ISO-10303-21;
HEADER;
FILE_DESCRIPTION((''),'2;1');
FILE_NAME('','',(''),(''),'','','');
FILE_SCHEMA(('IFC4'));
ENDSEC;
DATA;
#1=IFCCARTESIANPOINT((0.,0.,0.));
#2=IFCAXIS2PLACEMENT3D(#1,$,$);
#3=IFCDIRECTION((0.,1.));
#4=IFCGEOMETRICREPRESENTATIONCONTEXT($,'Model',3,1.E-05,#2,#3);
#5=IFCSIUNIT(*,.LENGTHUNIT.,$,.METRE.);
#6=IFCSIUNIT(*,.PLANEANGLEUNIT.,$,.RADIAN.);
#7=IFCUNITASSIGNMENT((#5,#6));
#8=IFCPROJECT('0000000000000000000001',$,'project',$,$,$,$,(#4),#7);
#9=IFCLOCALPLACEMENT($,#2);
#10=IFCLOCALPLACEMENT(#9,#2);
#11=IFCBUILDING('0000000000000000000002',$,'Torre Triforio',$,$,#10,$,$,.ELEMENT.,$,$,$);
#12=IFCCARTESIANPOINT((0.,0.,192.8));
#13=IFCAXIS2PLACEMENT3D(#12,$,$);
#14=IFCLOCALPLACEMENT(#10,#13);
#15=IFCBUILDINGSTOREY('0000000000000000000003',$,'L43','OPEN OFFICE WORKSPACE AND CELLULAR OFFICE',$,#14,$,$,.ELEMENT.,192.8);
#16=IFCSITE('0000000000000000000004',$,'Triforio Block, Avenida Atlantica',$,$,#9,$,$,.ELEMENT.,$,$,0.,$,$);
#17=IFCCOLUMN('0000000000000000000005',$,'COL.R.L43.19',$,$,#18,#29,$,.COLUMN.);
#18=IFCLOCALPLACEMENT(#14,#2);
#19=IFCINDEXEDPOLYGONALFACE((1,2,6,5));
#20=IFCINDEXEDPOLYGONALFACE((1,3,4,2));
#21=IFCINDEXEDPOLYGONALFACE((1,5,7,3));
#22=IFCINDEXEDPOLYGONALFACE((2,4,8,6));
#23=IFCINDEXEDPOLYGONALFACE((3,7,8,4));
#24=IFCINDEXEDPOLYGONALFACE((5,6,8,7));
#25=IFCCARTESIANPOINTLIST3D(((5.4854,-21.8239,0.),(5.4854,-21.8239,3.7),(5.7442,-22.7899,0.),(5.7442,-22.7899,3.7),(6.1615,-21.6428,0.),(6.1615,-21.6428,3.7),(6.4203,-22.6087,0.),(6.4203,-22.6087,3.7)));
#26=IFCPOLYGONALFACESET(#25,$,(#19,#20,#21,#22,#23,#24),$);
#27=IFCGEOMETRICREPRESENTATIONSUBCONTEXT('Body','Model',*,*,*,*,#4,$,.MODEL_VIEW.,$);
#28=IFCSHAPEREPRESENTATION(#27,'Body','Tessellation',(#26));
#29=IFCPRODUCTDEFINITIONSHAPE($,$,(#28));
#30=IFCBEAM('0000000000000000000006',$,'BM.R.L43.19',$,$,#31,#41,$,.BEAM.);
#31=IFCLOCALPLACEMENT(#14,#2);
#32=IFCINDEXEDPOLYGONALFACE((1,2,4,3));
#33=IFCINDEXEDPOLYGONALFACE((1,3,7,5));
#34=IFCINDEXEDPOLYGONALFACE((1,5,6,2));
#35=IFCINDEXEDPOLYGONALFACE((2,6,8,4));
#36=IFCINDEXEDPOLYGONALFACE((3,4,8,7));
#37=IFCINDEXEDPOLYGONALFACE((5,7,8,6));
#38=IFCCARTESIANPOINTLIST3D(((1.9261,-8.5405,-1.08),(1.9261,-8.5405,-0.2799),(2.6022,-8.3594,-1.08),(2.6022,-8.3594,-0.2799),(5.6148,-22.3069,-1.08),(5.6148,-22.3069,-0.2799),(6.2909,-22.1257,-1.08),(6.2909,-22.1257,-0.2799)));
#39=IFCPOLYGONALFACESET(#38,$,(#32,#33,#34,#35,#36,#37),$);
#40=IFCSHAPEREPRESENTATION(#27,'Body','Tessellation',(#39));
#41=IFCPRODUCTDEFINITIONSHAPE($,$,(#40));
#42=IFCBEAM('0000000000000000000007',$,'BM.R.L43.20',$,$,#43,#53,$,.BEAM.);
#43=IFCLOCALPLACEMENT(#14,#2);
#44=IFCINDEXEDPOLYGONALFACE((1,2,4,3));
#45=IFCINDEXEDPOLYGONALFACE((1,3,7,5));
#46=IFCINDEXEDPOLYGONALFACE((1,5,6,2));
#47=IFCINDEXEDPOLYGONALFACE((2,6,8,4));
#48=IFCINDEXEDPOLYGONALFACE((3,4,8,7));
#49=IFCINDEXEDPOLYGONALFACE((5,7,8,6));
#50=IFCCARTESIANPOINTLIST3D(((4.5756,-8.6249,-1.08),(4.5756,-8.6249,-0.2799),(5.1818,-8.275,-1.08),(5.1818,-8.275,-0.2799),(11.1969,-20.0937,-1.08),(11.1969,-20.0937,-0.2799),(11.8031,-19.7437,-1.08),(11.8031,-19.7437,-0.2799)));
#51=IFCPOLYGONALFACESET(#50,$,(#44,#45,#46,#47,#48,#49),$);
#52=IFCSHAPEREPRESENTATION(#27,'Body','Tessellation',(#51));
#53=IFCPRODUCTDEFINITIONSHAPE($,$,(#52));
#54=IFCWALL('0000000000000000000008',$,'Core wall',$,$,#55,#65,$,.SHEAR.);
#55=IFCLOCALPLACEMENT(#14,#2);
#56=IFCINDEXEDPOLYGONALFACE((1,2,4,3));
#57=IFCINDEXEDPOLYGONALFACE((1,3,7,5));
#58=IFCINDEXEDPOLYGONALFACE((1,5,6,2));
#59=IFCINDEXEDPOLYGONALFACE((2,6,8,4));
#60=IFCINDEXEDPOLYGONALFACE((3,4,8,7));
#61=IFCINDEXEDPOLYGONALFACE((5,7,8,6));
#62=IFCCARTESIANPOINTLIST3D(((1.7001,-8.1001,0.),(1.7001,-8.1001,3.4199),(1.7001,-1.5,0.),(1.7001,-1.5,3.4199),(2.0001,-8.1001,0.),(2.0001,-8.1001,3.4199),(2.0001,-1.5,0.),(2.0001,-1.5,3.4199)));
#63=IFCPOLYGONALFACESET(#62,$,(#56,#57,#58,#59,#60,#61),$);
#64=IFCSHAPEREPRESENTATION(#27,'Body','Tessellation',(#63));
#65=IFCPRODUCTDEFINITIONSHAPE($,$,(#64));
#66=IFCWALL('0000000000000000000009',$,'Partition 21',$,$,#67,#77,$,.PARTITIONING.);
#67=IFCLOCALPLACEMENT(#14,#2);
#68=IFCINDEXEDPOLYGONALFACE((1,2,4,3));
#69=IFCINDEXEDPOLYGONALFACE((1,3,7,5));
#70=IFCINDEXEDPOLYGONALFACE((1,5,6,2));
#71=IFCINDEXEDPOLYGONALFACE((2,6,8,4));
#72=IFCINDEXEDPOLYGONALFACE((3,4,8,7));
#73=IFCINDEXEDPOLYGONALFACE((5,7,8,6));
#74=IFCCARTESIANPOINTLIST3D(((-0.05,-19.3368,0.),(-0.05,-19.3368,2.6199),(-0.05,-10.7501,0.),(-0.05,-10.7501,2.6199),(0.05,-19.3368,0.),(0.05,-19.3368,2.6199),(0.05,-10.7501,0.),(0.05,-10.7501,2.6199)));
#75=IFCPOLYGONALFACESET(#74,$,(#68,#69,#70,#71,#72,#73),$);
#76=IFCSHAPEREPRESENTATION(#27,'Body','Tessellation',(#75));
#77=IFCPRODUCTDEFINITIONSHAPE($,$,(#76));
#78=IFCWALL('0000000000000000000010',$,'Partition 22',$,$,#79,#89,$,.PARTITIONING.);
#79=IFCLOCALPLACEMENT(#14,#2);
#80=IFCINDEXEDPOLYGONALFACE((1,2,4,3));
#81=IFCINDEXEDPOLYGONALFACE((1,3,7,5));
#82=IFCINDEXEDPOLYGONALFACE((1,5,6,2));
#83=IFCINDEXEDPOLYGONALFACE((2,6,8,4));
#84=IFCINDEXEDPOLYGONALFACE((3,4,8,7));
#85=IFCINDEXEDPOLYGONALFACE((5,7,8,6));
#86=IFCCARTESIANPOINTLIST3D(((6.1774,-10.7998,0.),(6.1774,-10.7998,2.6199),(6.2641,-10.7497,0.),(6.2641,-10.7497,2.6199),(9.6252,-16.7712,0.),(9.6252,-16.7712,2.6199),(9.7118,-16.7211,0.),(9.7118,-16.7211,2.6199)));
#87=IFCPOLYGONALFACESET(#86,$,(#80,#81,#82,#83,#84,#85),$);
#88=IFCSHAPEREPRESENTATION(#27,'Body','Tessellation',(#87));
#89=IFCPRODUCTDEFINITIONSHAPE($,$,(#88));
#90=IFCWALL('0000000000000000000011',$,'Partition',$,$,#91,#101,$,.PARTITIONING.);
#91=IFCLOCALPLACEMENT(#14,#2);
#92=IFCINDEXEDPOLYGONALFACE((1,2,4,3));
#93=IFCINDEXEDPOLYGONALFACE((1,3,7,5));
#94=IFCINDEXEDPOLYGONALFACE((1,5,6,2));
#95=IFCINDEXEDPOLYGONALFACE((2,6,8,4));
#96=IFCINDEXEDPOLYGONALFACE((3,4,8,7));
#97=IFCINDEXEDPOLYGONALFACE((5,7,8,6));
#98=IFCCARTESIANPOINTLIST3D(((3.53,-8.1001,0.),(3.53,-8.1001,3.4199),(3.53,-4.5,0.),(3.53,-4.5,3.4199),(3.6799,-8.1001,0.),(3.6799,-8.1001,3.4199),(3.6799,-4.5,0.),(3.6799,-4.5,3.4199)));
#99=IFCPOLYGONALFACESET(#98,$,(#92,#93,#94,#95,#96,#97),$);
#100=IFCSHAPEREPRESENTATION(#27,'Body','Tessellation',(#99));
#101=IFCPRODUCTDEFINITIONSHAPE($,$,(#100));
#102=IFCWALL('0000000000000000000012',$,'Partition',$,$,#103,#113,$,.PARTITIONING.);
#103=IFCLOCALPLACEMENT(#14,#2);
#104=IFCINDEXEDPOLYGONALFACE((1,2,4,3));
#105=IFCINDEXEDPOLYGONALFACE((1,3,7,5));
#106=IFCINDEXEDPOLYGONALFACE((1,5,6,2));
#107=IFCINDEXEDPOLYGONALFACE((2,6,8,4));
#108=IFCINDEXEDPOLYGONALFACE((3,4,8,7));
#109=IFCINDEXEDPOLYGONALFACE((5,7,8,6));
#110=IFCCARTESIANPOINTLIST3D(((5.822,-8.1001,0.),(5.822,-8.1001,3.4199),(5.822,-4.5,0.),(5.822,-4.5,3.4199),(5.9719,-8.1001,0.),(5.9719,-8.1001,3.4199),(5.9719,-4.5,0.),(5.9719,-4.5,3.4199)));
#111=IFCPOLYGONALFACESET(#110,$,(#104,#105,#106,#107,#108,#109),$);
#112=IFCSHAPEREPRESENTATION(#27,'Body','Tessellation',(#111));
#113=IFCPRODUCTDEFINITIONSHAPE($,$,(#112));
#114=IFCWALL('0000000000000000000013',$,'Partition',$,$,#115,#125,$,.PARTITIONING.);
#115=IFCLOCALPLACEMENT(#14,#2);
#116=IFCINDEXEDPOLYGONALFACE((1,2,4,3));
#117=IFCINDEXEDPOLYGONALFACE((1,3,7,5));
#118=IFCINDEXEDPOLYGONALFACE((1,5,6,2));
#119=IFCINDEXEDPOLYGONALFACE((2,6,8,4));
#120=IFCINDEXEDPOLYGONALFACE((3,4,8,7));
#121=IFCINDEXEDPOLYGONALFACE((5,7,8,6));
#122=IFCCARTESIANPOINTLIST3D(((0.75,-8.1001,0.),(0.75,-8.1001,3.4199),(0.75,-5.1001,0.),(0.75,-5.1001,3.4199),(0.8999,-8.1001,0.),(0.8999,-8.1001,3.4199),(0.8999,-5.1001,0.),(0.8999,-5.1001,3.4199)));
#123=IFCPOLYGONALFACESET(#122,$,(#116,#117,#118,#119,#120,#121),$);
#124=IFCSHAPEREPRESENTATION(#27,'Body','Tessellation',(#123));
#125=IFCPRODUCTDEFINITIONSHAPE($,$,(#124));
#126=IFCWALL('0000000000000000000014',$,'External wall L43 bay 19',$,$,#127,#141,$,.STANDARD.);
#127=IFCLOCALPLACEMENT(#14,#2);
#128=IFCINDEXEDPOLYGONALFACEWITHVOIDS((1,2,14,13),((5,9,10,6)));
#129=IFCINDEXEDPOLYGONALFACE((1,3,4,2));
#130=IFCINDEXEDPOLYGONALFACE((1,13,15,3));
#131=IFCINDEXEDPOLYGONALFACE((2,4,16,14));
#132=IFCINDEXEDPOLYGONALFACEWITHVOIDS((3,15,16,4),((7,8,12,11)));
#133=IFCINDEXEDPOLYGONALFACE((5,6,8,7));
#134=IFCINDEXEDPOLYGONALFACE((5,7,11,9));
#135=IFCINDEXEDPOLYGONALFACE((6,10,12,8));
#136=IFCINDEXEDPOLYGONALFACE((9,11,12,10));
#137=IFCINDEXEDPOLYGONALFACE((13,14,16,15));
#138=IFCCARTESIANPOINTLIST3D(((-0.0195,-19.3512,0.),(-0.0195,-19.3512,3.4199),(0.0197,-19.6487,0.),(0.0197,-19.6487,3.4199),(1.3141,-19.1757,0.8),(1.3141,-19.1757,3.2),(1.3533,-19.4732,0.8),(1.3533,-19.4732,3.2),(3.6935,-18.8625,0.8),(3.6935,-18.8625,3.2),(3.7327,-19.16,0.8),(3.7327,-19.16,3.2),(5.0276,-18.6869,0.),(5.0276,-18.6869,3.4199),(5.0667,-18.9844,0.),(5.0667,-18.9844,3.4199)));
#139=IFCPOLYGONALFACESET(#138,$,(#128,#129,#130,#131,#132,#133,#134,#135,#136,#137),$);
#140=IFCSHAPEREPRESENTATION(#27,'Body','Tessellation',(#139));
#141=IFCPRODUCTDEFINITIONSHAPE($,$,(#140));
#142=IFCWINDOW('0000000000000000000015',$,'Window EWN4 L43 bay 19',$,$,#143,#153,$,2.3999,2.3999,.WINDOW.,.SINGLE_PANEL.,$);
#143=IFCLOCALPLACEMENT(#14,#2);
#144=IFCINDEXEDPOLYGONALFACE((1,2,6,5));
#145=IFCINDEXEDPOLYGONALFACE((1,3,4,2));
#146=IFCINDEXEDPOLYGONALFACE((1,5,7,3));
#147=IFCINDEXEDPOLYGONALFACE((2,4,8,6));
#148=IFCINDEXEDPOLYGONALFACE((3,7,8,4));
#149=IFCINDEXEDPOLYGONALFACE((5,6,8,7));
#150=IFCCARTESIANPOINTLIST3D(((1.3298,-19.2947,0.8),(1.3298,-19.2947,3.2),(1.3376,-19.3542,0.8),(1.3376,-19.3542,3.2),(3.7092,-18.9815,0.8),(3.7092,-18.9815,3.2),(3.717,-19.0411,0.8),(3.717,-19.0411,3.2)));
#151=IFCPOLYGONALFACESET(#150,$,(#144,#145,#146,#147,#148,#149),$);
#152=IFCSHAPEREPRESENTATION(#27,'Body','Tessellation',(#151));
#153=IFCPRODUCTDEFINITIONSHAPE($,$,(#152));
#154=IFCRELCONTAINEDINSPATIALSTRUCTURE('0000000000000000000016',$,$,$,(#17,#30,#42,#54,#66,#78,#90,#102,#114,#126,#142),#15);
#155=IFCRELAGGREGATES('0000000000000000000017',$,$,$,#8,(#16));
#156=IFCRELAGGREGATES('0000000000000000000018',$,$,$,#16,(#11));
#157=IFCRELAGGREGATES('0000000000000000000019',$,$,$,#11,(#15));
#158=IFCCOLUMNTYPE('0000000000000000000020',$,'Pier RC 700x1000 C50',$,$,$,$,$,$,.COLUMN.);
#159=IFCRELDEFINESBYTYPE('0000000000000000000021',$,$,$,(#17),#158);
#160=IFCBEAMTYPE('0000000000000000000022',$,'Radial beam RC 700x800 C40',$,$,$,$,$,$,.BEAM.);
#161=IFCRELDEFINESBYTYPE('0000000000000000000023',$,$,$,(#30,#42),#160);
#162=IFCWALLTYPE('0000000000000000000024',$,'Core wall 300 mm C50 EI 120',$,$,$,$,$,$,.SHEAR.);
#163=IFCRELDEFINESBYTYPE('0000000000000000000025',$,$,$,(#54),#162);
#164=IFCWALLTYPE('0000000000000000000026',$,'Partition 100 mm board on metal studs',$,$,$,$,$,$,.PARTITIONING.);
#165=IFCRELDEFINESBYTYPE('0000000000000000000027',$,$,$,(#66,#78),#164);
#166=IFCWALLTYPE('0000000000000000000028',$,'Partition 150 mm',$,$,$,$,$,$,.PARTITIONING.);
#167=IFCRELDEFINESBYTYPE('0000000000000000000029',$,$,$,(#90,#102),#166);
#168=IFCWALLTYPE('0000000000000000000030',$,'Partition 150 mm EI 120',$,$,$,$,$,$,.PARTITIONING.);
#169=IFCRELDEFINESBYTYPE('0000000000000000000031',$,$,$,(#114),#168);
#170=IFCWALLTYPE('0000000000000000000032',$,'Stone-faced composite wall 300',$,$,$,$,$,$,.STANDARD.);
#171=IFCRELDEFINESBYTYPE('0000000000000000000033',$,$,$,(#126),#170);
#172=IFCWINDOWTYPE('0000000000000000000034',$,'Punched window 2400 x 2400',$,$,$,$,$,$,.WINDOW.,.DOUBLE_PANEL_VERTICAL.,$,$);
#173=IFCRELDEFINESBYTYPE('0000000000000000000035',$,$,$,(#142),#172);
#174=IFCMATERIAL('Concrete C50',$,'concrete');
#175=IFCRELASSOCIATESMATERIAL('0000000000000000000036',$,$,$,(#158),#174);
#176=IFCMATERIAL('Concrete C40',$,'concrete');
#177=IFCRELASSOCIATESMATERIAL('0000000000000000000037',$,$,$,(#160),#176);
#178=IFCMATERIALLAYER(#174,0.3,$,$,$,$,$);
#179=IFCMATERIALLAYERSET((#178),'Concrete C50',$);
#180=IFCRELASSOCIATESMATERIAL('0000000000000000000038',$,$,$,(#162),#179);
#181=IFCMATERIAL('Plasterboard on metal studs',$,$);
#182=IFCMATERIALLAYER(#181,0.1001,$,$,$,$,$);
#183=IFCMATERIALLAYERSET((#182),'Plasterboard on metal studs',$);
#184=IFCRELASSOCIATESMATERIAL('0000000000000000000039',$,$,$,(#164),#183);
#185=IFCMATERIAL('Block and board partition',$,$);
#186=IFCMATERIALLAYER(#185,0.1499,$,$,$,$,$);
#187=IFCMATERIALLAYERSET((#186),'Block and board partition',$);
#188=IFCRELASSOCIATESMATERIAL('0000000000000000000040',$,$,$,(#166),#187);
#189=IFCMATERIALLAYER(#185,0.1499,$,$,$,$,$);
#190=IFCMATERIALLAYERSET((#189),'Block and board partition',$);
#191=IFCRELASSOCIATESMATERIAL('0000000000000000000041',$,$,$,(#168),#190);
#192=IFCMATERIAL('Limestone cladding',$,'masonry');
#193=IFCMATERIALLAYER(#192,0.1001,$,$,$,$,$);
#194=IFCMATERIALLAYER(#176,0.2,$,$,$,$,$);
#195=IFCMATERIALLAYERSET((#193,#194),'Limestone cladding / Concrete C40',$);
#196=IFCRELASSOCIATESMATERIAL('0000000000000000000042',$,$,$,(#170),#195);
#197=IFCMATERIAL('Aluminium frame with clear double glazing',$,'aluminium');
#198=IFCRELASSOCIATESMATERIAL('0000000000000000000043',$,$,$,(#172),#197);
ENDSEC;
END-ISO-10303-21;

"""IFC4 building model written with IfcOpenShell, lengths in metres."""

from ifc_helpers import new_model, si_unit, direction, frame, frame_2d, origin, origin_2d, place, context, subcontext, project, spatial, rectangle, extrude, material, layer, layer_set, material_profile, profile_set, type_object, element, fill, save


model = new_model("IFC4")

# Units and contexts
model_context = context("Model", 3, precision=1e-05, world=origin(), true_north=direction((0.0, 1.0)))
body_context = subcontext(model_context, "Body", "Model", "MODEL_VIEW")
ifc_project = project(units=[si_unit("LENGTHUNIT", "METRE"), si_unit("PLANEANGLEUNIT", "RADIAN")], contexts=[model_context])

# Site, building, storey
site_placement = place(None, origin())
site = spatial("IfcSite", under=ifc_project, at=site_placement, Name="Triforio Block, Avenida Atlantica", CompositionType="ELEMENT", RefElevation=0.0)
building_placement = place(site_placement, origin())
building = spatial("IfcBuilding", under=site, at=building_placement, Name="Torre Triforio", CompositionType="ELEMENT")
storey_placement = place(building_placement, frame((0.0, 0.0, 192.8)))
storey = spatial("IfcBuildingStorey", under=building, at=storey_placement, Name="L43", Description="OPEN OFFICE WORKSPACE AND CELLULAR OFFICE", CompositionType="ELEMENT", Elevation=192.8)

# Column
ifc_material_1 = material(Name="Concrete C50", Category="concrete")
ifc_material_profile_1 = material_profile(ifc_material_1, rectangle(XDim=0.7, YDim=1.0, at=origin_2d()), Name="RC 700x1000")
ifc_profile_set_1 = profile_set([ifc_material_profile_1], Name="Concrete C50")
column_type = type_object("IfcColumnType", Name="Pier RC 700x1000 C50", PredefinedType="COLUMN", material=ifc_profile_set_1)
column_placement = place(storey_placement, frame((5.9529, -22.2163, 0.0), z_axis=(0.0, 0.0, 1.0), x_axis=(0.965926, 0.258819, 0.0)))
element("IfcColumn", 1, at=column_placement, inside=storey, type_object=column_type, Name="COL.R.L43.19", PredefinedType="COLUMN", context=body_context, shape_type="SweptSolid", body=[
    extrude(rectangle(XDim=0.7, YDim=1.0, at=origin_2d()), origin(), (0.0, 0.0, 1.0), 3.7),
])

# Beams
ifc_material_2 = material(Name="Concrete C40", Category="concrete")
ifc_material_profile_2 = material_profile(ifc_material_2, rectangle(XDim=0.7, YDim=0.8, at=origin_2d()), Name="RC 700x800")
ifc_profile_set_2 = profile_set([ifc_material_profile_2], Name="Concrete C40")
beam_type = type_object("IfcBeamType", Name="Radial beam RC 700x800 C40", PredefinedType="BEAM", material=ifc_profile_set_2)
beam_1_placement = place(storey_placement, frame((2.2642, -8.45, -0.6799), z_axis=(0.258821, -0.965925, 0.0), x_axis=(0.965925, 0.258821, 0.0)))
element("IfcBeam", 2, at=beam_1_placement, inside=storey, type_object=beam_type, Name="BM.R.L43.19", PredefinedType="BEAM", context=body_context, shape_type="SweptSolid", body=[
    extrude(rectangle(XDim=0.7, YDim=0.8, at=origin_2d()), origin(), (0.0, 0.0, 1.0), 14.252),
])
beam_2_placement = place(storey_placement, frame((4.8787, -8.45, -0.6799), z_axis=(0.499992, -0.86603, 0.0), x_axis=(0.86603, 0.499992, 0.0)))
element("IfcBeam", 3, at=beam_2_placement, inside=storey, type_object=beam_type, Name="BM.R.L43.20", PredefinedType="BEAM", context=body_context, shape_type="SweptSolid", body=[
    extrude(rectangle(XDim=0.7, YDim=0.8, at=origin_2d()), origin(), (0.0, 0.0, 1.0), 13.2429),
])

# Walls
ifc_layer_1 = layer(ifc_material_1, 0.3)
ifc_layer_set_1 = layer_set([ifc_layer_1], Name="Concrete C50")
wall_type_1 = type_object("IfcWallType", Name="Core wall 300 mm C50 EI 120", PredefinedType="SHEAR", material=ifc_layer_set_1)
wall_1_placement = place(storey_placement, frame((1.8501, -8.1001, 0.0), z_axis=(0.0, 0.0, 1.0), x_axis=(0.0, 1.0, 0.0)))
element("IfcWall", 4, at=wall_1_placement, inside=storey, type_object=wall_type_1, Name="Core wall", PredefinedType="SHEAR", context=body_context, shape_type="SweptSolid", body=[
    extrude(rectangle(XDim=6.6001, YDim=0.3, at=frame_2d((3.3, 0.0))), origin(), (0.0, 0.0, 1.0), 3.4199),
])
ifc_material_3 = material(Name="Plasterboard on metal studs")
ifc_layer_2 = layer(ifc_material_3, 0.1001)
ifc_layer_set_2 = layer_set([ifc_layer_2], Name="Plasterboard on metal studs")
wall_type_2 = type_object("IfcWallType", Name="Partition 100 mm board on metal studs", PredefinedType="PARTITIONING", material=ifc_layer_set_2)
wall_2_placement = place(storey_placement, frame((0.0, -10.75, 0.0), z_axis=(0.0, 0.0, 1.0), x_axis=(0.0, -1.0, 0.0)))
element("IfcWall", 5, at=wall_2_placement, inside=storey, type_object=wall_type_2, Name="Partition 21", PredefinedType="PARTITIONING", context=body_context, shape_type="SweptSolid", body=[
    extrude(rectangle(XDim=8.5867, YDim=0.1001, at=frame_2d((4.2935, 0.0))), origin(), (0.0, 0.0, 1.0), 2.6199),
])
wall_3_placement = place(storey_placement, frame((6.2207, -10.7747, 0.0), z_axis=(0.0, 0.0, 1.0), x_axis=(0.500016, -0.866016, 0.0)))
element("IfcWall", 6, at=wall_3_placement, inside=storey, type_object=wall_type_2, Name="Partition 22", PredefinedType="PARTITIONING", context=body_context, shape_type="SweptSolid", body=[
    extrude(rectangle(XDim=6.8953, YDim=0.1001, at=frame_2d((3.4478, 0.0))), origin(), (0.0, 0.0, 1.0), 2.6199),
])
ifc_material_4 = material(Name="Block and board partition")
ifc_layer_3 = layer(ifc_material_4, 0.1499)
ifc_layer_set_3 = layer_set([ifc_layer_3], Name="Block and board partition")
wall_type_3 = type_object("IfcWallType", Name="Partition 150 mm", PredefinedType="PARTITIONING", material=ifc_layer_set_3)
for number, where, z_axis, x_axis, name in (
    (7, (3.605, -8.1001, 0.0), (0.0, 0.0, 1.0), (0.0, 1.0, 0.0), "Partition"),
    (8, (5.897, -8.1001, 0.0), (0.0, 0.0, 1.0), (0.0, 1.0, 0.0), "Partition"),
):
    element("IfcWall", number, at=place(storey_placement, frame(where, z_axis=z_axis, x_axis=x_axis)), inside=storey, type_object=wall_type_3, Name=name, PredefinedType="PARTITIONING", context=body_context, shape_type="SweptSolid", body=[
        extrude(rectangle(XDim=3.6001, YDim=0.1499, at=frame_2d((1.8, 0.0))), origin(), (0.0, 0.0, 1.0), 3.4199),
    ])
ifc_layer_4 = layer(ifc_material_4, 0.1499)
ifc_layer_set_4 = layer_set([ifc_layer_4], Name="Block and board partition")
wall_type_4 = type_object("IfcWallType", Name="Partition 150 mm EI 120", PredefinedType="PARTITIONING", material=ifc_layer_set_4)
wall_4_placement = place(storey_placement, frame((0.825, -8.1001, 0.0), z_axis=(0.0, 0.0, 1.0), x_axis=(0.0, 1.0, 0.0)))
element("IfcWall", 9, at=wall_4_placement, inside=storey, type_object=wall_type_4, Name="Partition", PredefinedType="PARTITIONING", context=body_context, shape_type="SweptSolid", body=[
    extrude(rectangle(XDim=3.0, YDim=0.1499, at=frame_2d((1.5, 0.0))), origin(), (0.0, 0.0, 1.0), 3.4199),
])

# Wall, opening, window
ifc_material_5 = material(Name="Limestone cladding", Category="masonry")
ifc_layer_5 = layer(ifc_material_5, 0.1001)
ifc_layer_6 = layer(ifc_material_2, 0.2)
ifc_layer_set_5 = layer_set([ifc_layer_5, ifc_layer_6], Name="Limestone cladding / Concrete C40")
wall_type_5 = type_object("IfcWallType", Name="Stone-faced composite wall 300", PredefinedType="STANDARD", material=ifc_layer_set_5)
wall_5_placement = place(storey_placement, frame((0.0, -19.5, 0.0), z_axis=(0.0, 0.0, 1.0), x_axis=(0.991449, 0.130495, 0.0)))
wall_5 = element("IfcWall", 10, at=wall_5_placement, inside=storey, type_object=wall_type_5, Name="External wall L43 bay 19", PredefinedType="STANDARD", context=body_context, shape_type="SweptSolid", body=[
    extrude(rectangle(XDim=5.0906, YDim=0.3, at=frame_2d((2.5454, 0.0))), origin(), (0.0, 0.0, 1.0), 3.4199),
])
opening_1_placement = place(wall_5_placement, frame((1.3452, 0.0, 0.8)))
opening_1 = element("IfcOpeningElement", 11, at=opening_1_placement, cuts=wall_5, PredefinedType="OPENING", context=body_context, shape_type="SweptSolid", body=[
    extrude(rectangle(XDim=2.3999, YDim=2.3999, at=frame_2d((1.2, 1.2))), frame((0.0, 0.1599, 0.0), z_axis=(0.0, -1.0, 0.0), x_axis=(1.0, 0.0, 0.0)), (0.0, 0.0, 1.0), 0.3201),
])
ifc_material_6 = material(Name="Aluminium frame with clear double glazing", Category="aluminium")
window_type_1 = type_object("IfcWindowType", Name="Punched window 2400 x 2400", PartitioningType="DOUBLE_PANEL_VERTICAL", PredefinedType="WINDOW", material=ifc_material_6)
window_1_placement = place(opening_1_placement, origin())
window_1 = element("IfcWindow", 12, at=window_1_placement, inside=storey, type_object=window_type_1, Name="Window EWN4 L43 bay 19", OverallHeight=2.3999, OverallWidth=2.3999, PartitioningType="SINGLE_PANEL", PredefinedType="WINDOW", context=body_context, shape_type="SweptSolid", body=[
    extrude(rectangle(XDim=2.3999, YDim=2.3999, at=frame_2d((1.2, 1.2))), frame((0.0, 0.03, 0.0), z_axis=(0.0, -1.0, 0.0), x_axis=(1.0, 0.0, 0.0)), (0.0, 0.0, 1.0), 0.0601),
])
fill(opening_1, window_1)

save(model, "model.ifc")
